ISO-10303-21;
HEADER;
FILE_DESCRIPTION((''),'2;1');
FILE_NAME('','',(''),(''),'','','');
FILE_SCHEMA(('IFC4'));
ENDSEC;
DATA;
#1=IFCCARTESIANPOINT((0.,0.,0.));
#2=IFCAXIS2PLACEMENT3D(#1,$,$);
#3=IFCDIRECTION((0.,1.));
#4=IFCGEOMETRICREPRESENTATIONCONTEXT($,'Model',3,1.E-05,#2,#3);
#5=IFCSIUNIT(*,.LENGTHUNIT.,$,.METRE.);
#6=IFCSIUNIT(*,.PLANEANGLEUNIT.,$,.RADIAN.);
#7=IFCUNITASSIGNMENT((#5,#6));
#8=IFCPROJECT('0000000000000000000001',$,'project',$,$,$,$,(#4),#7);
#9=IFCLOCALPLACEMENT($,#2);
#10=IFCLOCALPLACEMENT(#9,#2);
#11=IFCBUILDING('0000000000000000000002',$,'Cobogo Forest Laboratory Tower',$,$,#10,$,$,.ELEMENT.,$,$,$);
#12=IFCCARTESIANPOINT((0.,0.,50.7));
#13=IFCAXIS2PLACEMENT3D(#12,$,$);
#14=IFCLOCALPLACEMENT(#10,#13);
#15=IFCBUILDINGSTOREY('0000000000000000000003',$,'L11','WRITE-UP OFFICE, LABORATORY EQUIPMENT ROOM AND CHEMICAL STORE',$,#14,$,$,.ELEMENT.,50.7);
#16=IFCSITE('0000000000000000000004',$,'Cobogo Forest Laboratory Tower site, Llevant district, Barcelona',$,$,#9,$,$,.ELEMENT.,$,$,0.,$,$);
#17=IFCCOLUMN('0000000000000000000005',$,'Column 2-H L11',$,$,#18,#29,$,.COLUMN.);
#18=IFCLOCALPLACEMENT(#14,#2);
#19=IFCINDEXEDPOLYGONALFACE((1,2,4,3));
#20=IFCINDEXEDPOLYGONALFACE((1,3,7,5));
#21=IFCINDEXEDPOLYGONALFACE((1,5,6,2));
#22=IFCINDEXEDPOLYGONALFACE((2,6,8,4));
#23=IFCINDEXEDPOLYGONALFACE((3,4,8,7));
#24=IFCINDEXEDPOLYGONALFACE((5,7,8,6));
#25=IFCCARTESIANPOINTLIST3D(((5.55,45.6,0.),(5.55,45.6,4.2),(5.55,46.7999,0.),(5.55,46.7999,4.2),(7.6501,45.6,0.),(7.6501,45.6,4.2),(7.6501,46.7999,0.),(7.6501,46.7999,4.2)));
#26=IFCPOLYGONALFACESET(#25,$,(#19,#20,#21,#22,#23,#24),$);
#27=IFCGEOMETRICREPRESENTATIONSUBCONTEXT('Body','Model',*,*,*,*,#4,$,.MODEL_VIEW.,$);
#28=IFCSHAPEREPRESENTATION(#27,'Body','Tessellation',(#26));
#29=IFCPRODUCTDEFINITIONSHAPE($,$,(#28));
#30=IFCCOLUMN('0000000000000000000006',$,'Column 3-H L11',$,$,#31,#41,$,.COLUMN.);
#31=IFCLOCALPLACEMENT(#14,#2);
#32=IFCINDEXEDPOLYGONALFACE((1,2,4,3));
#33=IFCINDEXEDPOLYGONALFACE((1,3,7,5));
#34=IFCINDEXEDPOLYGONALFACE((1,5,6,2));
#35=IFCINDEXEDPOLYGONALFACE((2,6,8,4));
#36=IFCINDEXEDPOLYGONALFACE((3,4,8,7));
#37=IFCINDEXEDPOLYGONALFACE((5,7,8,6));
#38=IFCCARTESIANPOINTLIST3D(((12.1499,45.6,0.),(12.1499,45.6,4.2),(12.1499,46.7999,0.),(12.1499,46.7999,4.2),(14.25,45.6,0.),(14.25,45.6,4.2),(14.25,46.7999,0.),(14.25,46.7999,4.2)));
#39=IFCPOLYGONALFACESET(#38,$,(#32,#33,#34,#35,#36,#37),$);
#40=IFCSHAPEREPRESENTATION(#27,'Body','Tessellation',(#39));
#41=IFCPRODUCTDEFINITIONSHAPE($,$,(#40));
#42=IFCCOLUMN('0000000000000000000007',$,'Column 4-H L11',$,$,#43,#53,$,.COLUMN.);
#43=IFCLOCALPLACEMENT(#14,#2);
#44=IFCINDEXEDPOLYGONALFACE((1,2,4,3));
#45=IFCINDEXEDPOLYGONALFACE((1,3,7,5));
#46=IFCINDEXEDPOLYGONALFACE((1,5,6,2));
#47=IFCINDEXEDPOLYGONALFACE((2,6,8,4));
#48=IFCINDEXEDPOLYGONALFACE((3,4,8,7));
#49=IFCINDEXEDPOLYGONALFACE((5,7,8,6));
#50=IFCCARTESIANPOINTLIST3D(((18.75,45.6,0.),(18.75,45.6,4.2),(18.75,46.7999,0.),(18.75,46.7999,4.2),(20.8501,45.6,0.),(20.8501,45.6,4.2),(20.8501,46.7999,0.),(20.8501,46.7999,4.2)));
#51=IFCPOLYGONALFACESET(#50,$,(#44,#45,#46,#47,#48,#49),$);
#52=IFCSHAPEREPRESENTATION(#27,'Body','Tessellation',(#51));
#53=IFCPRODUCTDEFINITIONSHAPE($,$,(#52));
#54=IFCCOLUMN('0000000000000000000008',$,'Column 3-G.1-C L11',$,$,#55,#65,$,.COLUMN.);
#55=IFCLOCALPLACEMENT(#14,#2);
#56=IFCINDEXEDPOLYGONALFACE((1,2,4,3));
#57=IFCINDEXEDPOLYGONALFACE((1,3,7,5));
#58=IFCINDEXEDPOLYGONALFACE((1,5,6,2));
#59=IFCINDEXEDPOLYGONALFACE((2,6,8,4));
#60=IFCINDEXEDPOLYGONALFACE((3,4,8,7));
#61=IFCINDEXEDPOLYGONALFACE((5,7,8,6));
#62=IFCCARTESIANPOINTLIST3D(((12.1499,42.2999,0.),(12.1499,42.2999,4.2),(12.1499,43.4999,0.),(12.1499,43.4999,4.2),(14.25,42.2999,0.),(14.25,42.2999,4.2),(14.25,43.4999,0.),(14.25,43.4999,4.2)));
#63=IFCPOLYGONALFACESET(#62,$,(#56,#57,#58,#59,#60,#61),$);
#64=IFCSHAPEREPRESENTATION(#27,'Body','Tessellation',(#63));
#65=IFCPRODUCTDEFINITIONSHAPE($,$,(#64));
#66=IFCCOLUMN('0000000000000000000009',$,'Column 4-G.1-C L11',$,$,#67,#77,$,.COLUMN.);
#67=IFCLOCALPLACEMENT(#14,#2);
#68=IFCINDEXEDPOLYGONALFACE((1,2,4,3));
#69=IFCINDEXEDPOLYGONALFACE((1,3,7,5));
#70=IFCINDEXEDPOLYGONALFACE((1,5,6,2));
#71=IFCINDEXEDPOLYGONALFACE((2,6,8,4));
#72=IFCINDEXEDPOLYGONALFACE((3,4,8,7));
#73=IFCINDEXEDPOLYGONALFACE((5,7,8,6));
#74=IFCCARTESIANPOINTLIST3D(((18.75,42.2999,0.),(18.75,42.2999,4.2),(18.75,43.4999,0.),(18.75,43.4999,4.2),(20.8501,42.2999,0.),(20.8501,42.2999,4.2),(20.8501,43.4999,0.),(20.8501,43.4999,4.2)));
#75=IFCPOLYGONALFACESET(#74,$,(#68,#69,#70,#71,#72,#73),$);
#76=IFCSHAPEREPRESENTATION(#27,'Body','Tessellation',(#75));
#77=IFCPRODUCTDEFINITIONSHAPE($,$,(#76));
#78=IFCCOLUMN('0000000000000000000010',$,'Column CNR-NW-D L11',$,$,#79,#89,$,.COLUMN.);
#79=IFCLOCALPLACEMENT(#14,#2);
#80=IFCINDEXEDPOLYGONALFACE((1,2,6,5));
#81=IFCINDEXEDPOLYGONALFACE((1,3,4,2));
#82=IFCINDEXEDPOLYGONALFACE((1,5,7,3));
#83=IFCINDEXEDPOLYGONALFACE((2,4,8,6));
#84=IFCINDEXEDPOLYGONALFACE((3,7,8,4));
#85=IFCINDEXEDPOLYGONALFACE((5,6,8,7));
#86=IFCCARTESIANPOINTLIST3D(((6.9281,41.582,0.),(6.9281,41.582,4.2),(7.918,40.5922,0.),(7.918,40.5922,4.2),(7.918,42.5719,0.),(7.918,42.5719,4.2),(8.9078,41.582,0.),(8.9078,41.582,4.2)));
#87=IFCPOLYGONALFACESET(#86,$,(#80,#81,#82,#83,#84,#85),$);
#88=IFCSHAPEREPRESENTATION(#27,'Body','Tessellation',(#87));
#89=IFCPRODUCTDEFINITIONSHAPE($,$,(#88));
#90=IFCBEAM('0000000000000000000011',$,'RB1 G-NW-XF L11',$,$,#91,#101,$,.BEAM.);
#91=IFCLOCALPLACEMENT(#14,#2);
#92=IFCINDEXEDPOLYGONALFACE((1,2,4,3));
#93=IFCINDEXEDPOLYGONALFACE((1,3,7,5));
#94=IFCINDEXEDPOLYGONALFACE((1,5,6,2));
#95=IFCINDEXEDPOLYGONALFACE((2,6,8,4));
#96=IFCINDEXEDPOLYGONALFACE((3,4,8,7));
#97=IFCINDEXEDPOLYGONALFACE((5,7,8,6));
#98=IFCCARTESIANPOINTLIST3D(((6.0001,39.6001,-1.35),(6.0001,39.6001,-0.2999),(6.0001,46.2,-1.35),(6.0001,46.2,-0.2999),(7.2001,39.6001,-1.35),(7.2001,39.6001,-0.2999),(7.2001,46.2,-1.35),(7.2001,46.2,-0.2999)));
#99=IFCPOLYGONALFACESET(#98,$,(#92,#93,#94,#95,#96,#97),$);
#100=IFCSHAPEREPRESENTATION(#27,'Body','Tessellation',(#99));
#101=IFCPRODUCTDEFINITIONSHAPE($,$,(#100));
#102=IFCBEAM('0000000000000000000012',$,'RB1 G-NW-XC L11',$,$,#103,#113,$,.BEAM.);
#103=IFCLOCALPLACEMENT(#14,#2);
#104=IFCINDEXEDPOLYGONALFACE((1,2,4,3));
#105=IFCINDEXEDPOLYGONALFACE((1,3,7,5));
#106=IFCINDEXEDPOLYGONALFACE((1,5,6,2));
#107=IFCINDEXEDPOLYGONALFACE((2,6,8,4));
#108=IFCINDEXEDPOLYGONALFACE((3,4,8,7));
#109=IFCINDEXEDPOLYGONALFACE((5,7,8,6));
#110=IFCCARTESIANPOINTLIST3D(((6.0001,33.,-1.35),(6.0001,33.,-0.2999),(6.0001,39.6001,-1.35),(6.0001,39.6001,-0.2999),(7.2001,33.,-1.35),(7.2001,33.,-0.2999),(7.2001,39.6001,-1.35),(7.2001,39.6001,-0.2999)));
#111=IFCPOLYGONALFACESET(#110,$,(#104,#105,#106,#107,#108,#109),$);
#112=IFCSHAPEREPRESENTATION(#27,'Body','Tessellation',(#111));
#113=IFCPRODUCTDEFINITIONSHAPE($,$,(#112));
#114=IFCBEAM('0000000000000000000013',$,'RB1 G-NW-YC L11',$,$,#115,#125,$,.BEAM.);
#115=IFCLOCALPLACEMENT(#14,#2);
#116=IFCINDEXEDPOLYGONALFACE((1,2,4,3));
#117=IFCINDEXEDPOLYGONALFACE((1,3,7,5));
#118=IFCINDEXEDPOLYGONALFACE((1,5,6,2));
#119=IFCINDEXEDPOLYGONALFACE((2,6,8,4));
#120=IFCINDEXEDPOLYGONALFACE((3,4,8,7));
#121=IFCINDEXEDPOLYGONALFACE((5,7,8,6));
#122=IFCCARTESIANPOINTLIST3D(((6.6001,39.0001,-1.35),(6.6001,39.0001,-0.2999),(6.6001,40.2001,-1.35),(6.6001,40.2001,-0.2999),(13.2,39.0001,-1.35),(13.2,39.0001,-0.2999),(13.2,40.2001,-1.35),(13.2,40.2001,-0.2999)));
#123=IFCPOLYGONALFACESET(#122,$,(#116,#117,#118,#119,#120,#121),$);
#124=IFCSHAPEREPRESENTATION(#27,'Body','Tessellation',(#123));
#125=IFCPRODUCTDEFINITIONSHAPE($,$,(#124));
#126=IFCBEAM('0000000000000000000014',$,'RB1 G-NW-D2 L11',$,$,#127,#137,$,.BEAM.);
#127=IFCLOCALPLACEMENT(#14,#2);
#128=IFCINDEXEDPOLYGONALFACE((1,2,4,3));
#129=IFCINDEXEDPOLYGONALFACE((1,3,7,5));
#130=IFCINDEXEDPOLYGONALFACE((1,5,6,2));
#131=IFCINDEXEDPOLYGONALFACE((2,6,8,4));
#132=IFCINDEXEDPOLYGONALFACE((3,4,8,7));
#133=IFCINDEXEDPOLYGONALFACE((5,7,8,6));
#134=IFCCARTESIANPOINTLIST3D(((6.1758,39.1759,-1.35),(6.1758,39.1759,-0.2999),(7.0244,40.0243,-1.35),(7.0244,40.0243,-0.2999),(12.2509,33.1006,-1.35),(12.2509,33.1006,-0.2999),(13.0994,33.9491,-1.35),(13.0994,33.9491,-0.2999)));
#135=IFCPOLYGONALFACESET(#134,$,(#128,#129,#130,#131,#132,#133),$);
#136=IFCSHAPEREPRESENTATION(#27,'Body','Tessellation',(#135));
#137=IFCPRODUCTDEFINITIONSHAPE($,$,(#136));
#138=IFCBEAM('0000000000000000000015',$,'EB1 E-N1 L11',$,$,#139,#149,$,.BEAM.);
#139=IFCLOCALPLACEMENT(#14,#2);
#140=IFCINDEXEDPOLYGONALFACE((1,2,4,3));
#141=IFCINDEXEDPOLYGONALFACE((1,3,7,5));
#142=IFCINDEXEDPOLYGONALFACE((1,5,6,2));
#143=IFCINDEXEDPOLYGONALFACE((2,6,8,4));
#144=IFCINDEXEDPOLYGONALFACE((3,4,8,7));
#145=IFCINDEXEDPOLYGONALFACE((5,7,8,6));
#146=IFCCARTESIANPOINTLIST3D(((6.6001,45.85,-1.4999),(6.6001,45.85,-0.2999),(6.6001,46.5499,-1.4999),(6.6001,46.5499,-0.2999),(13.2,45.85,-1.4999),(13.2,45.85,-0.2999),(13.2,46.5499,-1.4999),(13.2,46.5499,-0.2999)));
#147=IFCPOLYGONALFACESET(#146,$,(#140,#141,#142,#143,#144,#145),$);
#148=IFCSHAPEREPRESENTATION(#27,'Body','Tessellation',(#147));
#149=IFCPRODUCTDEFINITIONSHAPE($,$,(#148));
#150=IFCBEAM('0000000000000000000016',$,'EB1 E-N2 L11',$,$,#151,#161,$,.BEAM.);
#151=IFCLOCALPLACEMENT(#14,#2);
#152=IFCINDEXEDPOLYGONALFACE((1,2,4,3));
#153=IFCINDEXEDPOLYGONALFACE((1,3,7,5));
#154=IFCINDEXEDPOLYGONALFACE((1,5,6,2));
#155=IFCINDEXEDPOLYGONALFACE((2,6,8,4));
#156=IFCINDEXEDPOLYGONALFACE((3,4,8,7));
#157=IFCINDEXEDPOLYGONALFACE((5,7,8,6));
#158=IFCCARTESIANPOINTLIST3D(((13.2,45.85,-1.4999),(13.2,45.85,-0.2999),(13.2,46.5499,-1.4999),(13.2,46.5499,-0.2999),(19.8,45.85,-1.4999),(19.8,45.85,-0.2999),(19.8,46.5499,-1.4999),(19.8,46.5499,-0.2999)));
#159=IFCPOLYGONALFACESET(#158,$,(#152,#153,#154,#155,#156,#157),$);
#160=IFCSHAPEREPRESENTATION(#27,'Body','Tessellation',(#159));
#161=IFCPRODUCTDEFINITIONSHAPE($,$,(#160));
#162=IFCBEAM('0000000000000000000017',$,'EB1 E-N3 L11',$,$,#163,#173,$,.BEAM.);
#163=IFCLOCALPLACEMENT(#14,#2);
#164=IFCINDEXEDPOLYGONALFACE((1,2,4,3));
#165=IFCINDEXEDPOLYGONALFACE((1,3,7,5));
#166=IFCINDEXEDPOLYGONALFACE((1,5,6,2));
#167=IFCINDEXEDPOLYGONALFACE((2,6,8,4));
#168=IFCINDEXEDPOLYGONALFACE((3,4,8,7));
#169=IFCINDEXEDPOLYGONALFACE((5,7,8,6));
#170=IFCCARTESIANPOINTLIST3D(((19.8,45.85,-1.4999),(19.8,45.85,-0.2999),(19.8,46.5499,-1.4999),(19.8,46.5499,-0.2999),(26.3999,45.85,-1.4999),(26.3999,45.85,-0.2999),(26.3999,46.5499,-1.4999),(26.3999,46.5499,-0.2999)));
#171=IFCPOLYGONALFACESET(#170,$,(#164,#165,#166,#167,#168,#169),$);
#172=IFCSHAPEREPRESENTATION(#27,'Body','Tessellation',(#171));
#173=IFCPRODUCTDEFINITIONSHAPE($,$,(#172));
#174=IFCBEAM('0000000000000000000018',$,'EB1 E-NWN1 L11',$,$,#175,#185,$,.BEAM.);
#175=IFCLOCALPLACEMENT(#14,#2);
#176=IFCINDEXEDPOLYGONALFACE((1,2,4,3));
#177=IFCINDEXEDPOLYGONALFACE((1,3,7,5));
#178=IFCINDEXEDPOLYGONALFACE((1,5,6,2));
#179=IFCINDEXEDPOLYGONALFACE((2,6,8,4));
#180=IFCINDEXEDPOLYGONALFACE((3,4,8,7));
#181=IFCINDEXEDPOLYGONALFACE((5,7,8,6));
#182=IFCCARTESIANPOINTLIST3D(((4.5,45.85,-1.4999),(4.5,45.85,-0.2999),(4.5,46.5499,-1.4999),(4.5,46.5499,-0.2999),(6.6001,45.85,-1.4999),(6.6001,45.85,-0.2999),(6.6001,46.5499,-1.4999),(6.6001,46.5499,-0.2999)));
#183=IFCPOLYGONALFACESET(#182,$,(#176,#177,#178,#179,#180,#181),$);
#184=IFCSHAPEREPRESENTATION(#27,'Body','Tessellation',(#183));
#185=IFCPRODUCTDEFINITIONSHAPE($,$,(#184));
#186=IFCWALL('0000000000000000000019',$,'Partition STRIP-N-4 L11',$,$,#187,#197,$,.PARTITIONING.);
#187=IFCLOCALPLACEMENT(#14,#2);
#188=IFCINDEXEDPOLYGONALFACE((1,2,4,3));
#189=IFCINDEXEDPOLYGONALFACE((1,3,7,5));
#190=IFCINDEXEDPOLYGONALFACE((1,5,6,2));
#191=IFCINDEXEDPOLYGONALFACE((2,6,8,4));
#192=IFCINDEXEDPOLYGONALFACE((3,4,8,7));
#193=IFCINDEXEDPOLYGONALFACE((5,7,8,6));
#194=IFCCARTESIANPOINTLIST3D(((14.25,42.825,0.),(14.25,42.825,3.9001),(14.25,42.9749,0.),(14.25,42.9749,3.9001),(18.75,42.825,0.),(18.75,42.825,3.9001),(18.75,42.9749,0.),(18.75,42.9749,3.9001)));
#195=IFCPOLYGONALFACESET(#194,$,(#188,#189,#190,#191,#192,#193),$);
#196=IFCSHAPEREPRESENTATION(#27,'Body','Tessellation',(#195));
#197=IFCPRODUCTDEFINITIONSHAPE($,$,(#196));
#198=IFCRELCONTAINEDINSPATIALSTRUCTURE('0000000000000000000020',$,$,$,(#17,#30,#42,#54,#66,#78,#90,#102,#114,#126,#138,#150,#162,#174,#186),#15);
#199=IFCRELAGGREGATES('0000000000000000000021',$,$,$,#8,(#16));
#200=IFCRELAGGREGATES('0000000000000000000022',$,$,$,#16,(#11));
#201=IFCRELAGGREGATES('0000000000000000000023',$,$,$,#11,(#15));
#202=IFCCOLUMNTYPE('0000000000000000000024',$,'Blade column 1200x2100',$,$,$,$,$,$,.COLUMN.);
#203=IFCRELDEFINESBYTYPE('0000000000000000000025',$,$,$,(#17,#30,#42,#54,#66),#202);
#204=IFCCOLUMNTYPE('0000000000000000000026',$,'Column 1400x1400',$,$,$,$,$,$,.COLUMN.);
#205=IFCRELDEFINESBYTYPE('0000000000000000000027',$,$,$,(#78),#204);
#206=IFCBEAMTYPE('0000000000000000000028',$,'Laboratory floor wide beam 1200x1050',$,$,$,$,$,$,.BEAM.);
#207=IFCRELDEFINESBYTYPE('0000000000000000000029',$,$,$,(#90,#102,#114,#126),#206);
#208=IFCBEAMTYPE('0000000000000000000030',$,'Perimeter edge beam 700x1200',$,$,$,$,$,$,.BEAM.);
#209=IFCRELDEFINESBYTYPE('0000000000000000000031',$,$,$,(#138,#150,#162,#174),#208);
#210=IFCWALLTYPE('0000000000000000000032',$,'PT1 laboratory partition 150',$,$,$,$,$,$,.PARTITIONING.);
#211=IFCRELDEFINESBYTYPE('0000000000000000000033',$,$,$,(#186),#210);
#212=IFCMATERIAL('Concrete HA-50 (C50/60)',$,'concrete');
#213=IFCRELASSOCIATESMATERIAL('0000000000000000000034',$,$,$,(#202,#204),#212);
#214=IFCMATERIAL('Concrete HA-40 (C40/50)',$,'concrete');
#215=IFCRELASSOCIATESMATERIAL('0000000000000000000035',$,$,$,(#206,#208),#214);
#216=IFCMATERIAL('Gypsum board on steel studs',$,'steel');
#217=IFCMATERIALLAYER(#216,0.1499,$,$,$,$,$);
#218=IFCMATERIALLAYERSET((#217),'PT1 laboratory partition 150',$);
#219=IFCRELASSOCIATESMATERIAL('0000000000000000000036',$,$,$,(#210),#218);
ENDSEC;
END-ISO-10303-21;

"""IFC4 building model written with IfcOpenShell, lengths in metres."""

from ifc_helpers import new_model, si_unit, direction, frame, frame_2d, origin, origin_2d, place, context, subcontext, project, spatial, rectangle, extrude, material, layer, layer_set, material_profile, profile_set, type_object, element, save


model = new_model("IFC4")

# Units and contexts
model_context = context("Model", 3, precision=1e-05, world=origin(), true_north=direction((0.0, 1.0)))
body_context = subcontext(model_context, "Body", "Model", "MODEL_VIEW")
ifc_project = project(units=[si_unit("LENGTHUNIT", "METRE"), si_unit("PLANEANGLEUNIT", "RADIAN")], contexts=[model_context])

# Site, building, storey
site_placement = place(None, origin())
site = spatial("IfcSite", under=ifc_project, at=site_placement, Name="Cobogo Forest Laboratory Tower site, Llevant district, Barcelona", CompositionType="ELEMENT", RefElevation=0.0)
building_placement = place(site_placement, origin())
building = spatial("IfcBuilding", under=site, at=building_placement, Name="Cobogo Forest Laboratory Tower", CompositionType="ELEMENT")
storey_placement = place(building_placement, frame((0.0, 0.0, 50.7)))
storey = spatial("IfcBuildingStorey", under=building, at=storey_placement, Name="L11", Description="WRITE-UP OFFICE, LABORATORY EQUIPMENT ROOM AND CHEMICAL STORE", CompositionType="ELEMENT", Elevation=50.7)

# Columns
ifc_material_1 = material(Name="Concrete HA-50 (C50/60)", Category="concrete")
ifc_material_profile_1 = material_profile(ifc_material_1, rectangle(XDim=2.1001, YDim=1.2, at=origin_2d()), Name="RC 1200x2100")
ifc_profile_set_1 = profile_set([ifc_material_profile_1], Name="Concrete HA-50 (C50/60)")
column_type_1 = type_object("IfcColumnType", Name="Blade column 1200x2100", PredefinedType="COLUMN", material=ifc_profile_set_1)
for number, where, z_axis, x_axis, name in (
    (1, (6.6001, 46.2, 0.0), (0.0, 0.0, 1.0), (1.0, 0.0, 0.0), "Column 2-H L11"),
    (2, (13.2, 46.2, 0.0), (0.0, 0.0, 1.0), (1.0, 0.0, 0.0), "Column 3-H L11"),
    (3, (19.8, 46.2, 0.0), (0.0, 0.0, 1.0), (1.0, 0.0, 0.0), "Column 4-H L11"),
    (4, (13.2, 42.8999, 0.0), (0.0, 0.0, 1.0), (1.0, 0.0, 0.0), "Column 3-G.1-C L11"),
    (5, (19.8, 42.8999, 0.0), (0.0, 0.0, 1.0), (1.0, 0.0, 0.0), "Column 4-G.1-C L11"),
):
    element("IfcColumn", number, at=place(storey_placement, frame(where, z_axis=z_axis, x_axis=x_axis)), inside=storey, type_object=column_type_1, Name=name, PredefinedType="COLUMN", context=body_context, shape_type="SweptSolid", body=[
        extrude(rectangle(XDim=2.1001, YDim=1.2, at=origin_2d()), origin(), (0.0, 0.0, 1.0), 4.2),
    ])
ifc_material_profile_2 = material_profile(ifc_material_1, rectangle(XDim=1.3999, YDim=1.3999, at=origin_2d()), Name="RC 1400x1400")
ifc_profile_set_2 = profile_set([ifc_material_profile_2], Name="Concrete HA-50 (C50/60)")
column_type_2 = type_object("IfcColumnType", Name="Column 1400x1400", PredefinedType="COLUMN", material=ifc_profile_set_2)
column_placement = place(storey_placement, frame((7.918, 41.582, 0.0), z_axis=(0.0, 0.0, 1.0), x_axis=(0.707107, 0.707107, 0.0)))
element("IfcColumn", 6, at=column_placement, inside=storey, type_object=column_type_2, Name="Column CNR-NW-D L11", PredefinedType="COLUMN", context=body_context, shape_type="SweptSolid", body=[
    extrude(rectangle(XDim=1.3999, YDim=1.3999, at=origin_2d()), origin(), (0.0, 0.0, 1.0), 4.2),
])

# Beams
ifc_material_2 = material(Name="Concrete HA-40 (C40/50)", Category="concrete")
ifc_material_profile_3 = material_profile(ifc_material_2, rectangle(XDim=1.2, YDim=1.05, at=origin_2d()), Name="RC 1200x1050")
ifc_profile_set_3 = profile_set([ifc_material_profile_3], Name="Concrete HA-40 (C40/50)")
beam_type_1 = type_object("IfcBeamType", Name="Laboratory floor wide beam 1200x1050", PredefinedType="BEAM", material=ifc_profile_set_3)
beam_1_placement = place(storey_placement, frame((6.6001, 46.2, -0.825), z_axis=(0.0, -1.0, 0.0), x_axis=(1.0, 0.0, 0.0)))
element("IfcBeam", 7, at=beam_1_placement, inside=storey, type_object=beam_type_1, Name="RB1 G-NW-XF L11", PredefinedType="BEAM", context=body_context, shape_type="SweptSolid", body=[
    extrude(rectangle(XDim=1.2, YDim=1.05, at=origin_2d()), origin(), (0.0, 0.0, 1.0), 6.5999),
])
beam_2_placement = place(storey_placement, frame((6.6001, 39.6001, -0.825), z_axis=(0.0, -1.0, 0.0), x_axis=(1.0, 0.0, 0.0)))
element("IfcBeam", 8, at=beam_2_placement, inside=storey, type_object=beam_type_1, Name="RB1 G-NW-XC L11", PredefinedType="BEAM", context=body_context, shape_type="SweptSolid", body=[
    extrude(rectangle(XDim=1.2, YDim=1.05, at=origin_2d()), origin(), (0.0, 0.0, 1.0), 6.6001),
])
beam_3_placement = place(storey_placement, frame((6.6001, 39.6001, -0.825), z_axis=(1.0, 0.0, 0.0), x_axis=(0.0, 1.0, 0.0)))
element("IfcBeam", 9, at=beam_3_placement, inside=storey, type_object=beam_type_1, Name="RB1 G-NW-YC L11", PredefinedType="BEAM", context=body_context, shape_type="SweptSolid", body=[
    extrude(rectangle(XDim=1.2, YDim=1.05, at=origin_2d()), origin(), (0.0, 0.0, 1.0), 6.5999),
])
beam_4_placement = place(storey_placement, frame((6.6001, 39.6001, -0.825), z_axis=(0.707093, -0.707121, 0.0), x_axis=(0.707121, 0.707093, 0.0)))
element("IfcBeam", 10, at=beam_4_placement, inside=storey, type_object=beam_type_1, Name="RB1 G-NW-D2 L11", PredefinedType="BEAM", context=body_context, shape_type="SweptSolid", body=[
    extrude(rectangle(XDim=1.2, YDim=1.05, at=origin_2d()), origin(), (0.0, 0.0, 1.0), 8.5916),
])
ifc_material_profile_4 = material_profile(ifc_material_2, rectangle(XDim=0.7, YDim=1.2, at=origin_2d()), Name="RC 700x1200")
ifc_profile_set_4 = profile_set([ifc_material_profile_4], Name="Concrete HA-40 (C40/50)")
beam_type_2 = type_object("IfcBeamType", Name="Perimeter edge beam 700x1200", PredefinedType="BEAM", material=ifc_profile_set_4)
beam_5_placement = place(storey_placement, frame((6.6001, 46.2, -0.8999), z_axis=(1.0, 0.0, 0.0), x_axis=(0.0, 1.0, 0.0)))
element("IfcBeam", 11, at=beam_5_placement, inside=storey, type_object=beam_type_2, Name="EB1 E-N1 L11", PredefinedType="BEAM", context=body_context, shape_type="SweptSolid", body=[
    extrude(rectangle(XDim=0.7, YDim=1.2, at=origin_2d()), origin(), (0.0, 0.0, 1.0), 6.5999),
])
beam_6_placement = place(storey_placement, frame((13.2, 46.2, -0.8999), z_axis=(1.0, 0.0, 0.0), x_axis=(0.0, 1.0, 0.0)))
element("IfcBeam", 12, at=beam_6_placement, inside=storey, type_object=beam_type_2, Name="EB1 E-N2 L11", PredefinedType="BEAM", context=body_context, shape_type="SweptSolid", body=[
    extrude(rectangle(XDim=0.7, YDim=1.2, at=origin_2d()), origin(), (0.0, 0.0, 1.0), 6.6001),
])
beam_7_placement = place(storey_placement, frame((19.8, 46.2, -0.8999), z_axis=(1.0, 0.0, 0.0), x_axis=(0.0, 1.0, 0.0)))
element("IfcBeam", 13, at=beam_7_placement, inside=storey, type_object=beam_type_2, Name="EB1 E-N3 L11", PredefinedType="BEAM", context=body_context, shape_type="SweptSolid", body=[
    extrude(rectangle(XDim=0.7, YDim=1.2, at=origin_2d()), origin(), (0.0, 0.0, 1.0), 6.5999),
])
beam_8_placement = place(storey_placement, frame((6.6001, 46.2, -0.8999), z_axis=(-1.0, 0.0, 0.0), x_axis=(0.0, -1.0, 0.0)))
element("IfcBeam", 14, at=beam_8_placement, inside=storey, type_object=beam_type_2, Name="EB1 E-NWN1 L11", PredefinedType="BEAM", context=body_context, shape_type="SweptSolid", body=[
    extrude(rectangle(XDim=0.7, YDim=1.2, at=origin_2d()), origin(), (0.0, 0.0, 1.0), 2.1001),
])

# Wall
ifc_material_3 = material(Name="Gypsum board on steel studs", Category="steel")
ifc_layer_1 = layer(ifc_material_3, 0.1499)
ifc_layer_set_1 = layer_set([ifc_layer_1], Name="PT1 laboratory partition 150")
wall_type_1 = type_object("IfcWallType", Name="PT1 laboratory partition 150", PredefinedType="PARTITIONING", material=ifc_layer_set_1)
wall_1_placement = place(storey_placement, frame((18.75, 42.8999, 0.0), z_axis=(0.0, 0.0, 1.0), x_axis=(-1.0, 0.0, 0.0)))
element("IfcWall", 15, at=wall_1_placement, inside=storey, type_object=wall_type_1, Name="Partition STRIP-N-4 L11", PredefinedType="PARTITIONING", context=body_context, shape_type="SweptSolid", body=[
    extrude(rectangle(XDim=4.5, YDim=0.1499, at=frame_2d((2.25, 0.0))), origin(), (0.0, 0.0, 1.0), 3.9001),
])

save(model, "model.ifc")
